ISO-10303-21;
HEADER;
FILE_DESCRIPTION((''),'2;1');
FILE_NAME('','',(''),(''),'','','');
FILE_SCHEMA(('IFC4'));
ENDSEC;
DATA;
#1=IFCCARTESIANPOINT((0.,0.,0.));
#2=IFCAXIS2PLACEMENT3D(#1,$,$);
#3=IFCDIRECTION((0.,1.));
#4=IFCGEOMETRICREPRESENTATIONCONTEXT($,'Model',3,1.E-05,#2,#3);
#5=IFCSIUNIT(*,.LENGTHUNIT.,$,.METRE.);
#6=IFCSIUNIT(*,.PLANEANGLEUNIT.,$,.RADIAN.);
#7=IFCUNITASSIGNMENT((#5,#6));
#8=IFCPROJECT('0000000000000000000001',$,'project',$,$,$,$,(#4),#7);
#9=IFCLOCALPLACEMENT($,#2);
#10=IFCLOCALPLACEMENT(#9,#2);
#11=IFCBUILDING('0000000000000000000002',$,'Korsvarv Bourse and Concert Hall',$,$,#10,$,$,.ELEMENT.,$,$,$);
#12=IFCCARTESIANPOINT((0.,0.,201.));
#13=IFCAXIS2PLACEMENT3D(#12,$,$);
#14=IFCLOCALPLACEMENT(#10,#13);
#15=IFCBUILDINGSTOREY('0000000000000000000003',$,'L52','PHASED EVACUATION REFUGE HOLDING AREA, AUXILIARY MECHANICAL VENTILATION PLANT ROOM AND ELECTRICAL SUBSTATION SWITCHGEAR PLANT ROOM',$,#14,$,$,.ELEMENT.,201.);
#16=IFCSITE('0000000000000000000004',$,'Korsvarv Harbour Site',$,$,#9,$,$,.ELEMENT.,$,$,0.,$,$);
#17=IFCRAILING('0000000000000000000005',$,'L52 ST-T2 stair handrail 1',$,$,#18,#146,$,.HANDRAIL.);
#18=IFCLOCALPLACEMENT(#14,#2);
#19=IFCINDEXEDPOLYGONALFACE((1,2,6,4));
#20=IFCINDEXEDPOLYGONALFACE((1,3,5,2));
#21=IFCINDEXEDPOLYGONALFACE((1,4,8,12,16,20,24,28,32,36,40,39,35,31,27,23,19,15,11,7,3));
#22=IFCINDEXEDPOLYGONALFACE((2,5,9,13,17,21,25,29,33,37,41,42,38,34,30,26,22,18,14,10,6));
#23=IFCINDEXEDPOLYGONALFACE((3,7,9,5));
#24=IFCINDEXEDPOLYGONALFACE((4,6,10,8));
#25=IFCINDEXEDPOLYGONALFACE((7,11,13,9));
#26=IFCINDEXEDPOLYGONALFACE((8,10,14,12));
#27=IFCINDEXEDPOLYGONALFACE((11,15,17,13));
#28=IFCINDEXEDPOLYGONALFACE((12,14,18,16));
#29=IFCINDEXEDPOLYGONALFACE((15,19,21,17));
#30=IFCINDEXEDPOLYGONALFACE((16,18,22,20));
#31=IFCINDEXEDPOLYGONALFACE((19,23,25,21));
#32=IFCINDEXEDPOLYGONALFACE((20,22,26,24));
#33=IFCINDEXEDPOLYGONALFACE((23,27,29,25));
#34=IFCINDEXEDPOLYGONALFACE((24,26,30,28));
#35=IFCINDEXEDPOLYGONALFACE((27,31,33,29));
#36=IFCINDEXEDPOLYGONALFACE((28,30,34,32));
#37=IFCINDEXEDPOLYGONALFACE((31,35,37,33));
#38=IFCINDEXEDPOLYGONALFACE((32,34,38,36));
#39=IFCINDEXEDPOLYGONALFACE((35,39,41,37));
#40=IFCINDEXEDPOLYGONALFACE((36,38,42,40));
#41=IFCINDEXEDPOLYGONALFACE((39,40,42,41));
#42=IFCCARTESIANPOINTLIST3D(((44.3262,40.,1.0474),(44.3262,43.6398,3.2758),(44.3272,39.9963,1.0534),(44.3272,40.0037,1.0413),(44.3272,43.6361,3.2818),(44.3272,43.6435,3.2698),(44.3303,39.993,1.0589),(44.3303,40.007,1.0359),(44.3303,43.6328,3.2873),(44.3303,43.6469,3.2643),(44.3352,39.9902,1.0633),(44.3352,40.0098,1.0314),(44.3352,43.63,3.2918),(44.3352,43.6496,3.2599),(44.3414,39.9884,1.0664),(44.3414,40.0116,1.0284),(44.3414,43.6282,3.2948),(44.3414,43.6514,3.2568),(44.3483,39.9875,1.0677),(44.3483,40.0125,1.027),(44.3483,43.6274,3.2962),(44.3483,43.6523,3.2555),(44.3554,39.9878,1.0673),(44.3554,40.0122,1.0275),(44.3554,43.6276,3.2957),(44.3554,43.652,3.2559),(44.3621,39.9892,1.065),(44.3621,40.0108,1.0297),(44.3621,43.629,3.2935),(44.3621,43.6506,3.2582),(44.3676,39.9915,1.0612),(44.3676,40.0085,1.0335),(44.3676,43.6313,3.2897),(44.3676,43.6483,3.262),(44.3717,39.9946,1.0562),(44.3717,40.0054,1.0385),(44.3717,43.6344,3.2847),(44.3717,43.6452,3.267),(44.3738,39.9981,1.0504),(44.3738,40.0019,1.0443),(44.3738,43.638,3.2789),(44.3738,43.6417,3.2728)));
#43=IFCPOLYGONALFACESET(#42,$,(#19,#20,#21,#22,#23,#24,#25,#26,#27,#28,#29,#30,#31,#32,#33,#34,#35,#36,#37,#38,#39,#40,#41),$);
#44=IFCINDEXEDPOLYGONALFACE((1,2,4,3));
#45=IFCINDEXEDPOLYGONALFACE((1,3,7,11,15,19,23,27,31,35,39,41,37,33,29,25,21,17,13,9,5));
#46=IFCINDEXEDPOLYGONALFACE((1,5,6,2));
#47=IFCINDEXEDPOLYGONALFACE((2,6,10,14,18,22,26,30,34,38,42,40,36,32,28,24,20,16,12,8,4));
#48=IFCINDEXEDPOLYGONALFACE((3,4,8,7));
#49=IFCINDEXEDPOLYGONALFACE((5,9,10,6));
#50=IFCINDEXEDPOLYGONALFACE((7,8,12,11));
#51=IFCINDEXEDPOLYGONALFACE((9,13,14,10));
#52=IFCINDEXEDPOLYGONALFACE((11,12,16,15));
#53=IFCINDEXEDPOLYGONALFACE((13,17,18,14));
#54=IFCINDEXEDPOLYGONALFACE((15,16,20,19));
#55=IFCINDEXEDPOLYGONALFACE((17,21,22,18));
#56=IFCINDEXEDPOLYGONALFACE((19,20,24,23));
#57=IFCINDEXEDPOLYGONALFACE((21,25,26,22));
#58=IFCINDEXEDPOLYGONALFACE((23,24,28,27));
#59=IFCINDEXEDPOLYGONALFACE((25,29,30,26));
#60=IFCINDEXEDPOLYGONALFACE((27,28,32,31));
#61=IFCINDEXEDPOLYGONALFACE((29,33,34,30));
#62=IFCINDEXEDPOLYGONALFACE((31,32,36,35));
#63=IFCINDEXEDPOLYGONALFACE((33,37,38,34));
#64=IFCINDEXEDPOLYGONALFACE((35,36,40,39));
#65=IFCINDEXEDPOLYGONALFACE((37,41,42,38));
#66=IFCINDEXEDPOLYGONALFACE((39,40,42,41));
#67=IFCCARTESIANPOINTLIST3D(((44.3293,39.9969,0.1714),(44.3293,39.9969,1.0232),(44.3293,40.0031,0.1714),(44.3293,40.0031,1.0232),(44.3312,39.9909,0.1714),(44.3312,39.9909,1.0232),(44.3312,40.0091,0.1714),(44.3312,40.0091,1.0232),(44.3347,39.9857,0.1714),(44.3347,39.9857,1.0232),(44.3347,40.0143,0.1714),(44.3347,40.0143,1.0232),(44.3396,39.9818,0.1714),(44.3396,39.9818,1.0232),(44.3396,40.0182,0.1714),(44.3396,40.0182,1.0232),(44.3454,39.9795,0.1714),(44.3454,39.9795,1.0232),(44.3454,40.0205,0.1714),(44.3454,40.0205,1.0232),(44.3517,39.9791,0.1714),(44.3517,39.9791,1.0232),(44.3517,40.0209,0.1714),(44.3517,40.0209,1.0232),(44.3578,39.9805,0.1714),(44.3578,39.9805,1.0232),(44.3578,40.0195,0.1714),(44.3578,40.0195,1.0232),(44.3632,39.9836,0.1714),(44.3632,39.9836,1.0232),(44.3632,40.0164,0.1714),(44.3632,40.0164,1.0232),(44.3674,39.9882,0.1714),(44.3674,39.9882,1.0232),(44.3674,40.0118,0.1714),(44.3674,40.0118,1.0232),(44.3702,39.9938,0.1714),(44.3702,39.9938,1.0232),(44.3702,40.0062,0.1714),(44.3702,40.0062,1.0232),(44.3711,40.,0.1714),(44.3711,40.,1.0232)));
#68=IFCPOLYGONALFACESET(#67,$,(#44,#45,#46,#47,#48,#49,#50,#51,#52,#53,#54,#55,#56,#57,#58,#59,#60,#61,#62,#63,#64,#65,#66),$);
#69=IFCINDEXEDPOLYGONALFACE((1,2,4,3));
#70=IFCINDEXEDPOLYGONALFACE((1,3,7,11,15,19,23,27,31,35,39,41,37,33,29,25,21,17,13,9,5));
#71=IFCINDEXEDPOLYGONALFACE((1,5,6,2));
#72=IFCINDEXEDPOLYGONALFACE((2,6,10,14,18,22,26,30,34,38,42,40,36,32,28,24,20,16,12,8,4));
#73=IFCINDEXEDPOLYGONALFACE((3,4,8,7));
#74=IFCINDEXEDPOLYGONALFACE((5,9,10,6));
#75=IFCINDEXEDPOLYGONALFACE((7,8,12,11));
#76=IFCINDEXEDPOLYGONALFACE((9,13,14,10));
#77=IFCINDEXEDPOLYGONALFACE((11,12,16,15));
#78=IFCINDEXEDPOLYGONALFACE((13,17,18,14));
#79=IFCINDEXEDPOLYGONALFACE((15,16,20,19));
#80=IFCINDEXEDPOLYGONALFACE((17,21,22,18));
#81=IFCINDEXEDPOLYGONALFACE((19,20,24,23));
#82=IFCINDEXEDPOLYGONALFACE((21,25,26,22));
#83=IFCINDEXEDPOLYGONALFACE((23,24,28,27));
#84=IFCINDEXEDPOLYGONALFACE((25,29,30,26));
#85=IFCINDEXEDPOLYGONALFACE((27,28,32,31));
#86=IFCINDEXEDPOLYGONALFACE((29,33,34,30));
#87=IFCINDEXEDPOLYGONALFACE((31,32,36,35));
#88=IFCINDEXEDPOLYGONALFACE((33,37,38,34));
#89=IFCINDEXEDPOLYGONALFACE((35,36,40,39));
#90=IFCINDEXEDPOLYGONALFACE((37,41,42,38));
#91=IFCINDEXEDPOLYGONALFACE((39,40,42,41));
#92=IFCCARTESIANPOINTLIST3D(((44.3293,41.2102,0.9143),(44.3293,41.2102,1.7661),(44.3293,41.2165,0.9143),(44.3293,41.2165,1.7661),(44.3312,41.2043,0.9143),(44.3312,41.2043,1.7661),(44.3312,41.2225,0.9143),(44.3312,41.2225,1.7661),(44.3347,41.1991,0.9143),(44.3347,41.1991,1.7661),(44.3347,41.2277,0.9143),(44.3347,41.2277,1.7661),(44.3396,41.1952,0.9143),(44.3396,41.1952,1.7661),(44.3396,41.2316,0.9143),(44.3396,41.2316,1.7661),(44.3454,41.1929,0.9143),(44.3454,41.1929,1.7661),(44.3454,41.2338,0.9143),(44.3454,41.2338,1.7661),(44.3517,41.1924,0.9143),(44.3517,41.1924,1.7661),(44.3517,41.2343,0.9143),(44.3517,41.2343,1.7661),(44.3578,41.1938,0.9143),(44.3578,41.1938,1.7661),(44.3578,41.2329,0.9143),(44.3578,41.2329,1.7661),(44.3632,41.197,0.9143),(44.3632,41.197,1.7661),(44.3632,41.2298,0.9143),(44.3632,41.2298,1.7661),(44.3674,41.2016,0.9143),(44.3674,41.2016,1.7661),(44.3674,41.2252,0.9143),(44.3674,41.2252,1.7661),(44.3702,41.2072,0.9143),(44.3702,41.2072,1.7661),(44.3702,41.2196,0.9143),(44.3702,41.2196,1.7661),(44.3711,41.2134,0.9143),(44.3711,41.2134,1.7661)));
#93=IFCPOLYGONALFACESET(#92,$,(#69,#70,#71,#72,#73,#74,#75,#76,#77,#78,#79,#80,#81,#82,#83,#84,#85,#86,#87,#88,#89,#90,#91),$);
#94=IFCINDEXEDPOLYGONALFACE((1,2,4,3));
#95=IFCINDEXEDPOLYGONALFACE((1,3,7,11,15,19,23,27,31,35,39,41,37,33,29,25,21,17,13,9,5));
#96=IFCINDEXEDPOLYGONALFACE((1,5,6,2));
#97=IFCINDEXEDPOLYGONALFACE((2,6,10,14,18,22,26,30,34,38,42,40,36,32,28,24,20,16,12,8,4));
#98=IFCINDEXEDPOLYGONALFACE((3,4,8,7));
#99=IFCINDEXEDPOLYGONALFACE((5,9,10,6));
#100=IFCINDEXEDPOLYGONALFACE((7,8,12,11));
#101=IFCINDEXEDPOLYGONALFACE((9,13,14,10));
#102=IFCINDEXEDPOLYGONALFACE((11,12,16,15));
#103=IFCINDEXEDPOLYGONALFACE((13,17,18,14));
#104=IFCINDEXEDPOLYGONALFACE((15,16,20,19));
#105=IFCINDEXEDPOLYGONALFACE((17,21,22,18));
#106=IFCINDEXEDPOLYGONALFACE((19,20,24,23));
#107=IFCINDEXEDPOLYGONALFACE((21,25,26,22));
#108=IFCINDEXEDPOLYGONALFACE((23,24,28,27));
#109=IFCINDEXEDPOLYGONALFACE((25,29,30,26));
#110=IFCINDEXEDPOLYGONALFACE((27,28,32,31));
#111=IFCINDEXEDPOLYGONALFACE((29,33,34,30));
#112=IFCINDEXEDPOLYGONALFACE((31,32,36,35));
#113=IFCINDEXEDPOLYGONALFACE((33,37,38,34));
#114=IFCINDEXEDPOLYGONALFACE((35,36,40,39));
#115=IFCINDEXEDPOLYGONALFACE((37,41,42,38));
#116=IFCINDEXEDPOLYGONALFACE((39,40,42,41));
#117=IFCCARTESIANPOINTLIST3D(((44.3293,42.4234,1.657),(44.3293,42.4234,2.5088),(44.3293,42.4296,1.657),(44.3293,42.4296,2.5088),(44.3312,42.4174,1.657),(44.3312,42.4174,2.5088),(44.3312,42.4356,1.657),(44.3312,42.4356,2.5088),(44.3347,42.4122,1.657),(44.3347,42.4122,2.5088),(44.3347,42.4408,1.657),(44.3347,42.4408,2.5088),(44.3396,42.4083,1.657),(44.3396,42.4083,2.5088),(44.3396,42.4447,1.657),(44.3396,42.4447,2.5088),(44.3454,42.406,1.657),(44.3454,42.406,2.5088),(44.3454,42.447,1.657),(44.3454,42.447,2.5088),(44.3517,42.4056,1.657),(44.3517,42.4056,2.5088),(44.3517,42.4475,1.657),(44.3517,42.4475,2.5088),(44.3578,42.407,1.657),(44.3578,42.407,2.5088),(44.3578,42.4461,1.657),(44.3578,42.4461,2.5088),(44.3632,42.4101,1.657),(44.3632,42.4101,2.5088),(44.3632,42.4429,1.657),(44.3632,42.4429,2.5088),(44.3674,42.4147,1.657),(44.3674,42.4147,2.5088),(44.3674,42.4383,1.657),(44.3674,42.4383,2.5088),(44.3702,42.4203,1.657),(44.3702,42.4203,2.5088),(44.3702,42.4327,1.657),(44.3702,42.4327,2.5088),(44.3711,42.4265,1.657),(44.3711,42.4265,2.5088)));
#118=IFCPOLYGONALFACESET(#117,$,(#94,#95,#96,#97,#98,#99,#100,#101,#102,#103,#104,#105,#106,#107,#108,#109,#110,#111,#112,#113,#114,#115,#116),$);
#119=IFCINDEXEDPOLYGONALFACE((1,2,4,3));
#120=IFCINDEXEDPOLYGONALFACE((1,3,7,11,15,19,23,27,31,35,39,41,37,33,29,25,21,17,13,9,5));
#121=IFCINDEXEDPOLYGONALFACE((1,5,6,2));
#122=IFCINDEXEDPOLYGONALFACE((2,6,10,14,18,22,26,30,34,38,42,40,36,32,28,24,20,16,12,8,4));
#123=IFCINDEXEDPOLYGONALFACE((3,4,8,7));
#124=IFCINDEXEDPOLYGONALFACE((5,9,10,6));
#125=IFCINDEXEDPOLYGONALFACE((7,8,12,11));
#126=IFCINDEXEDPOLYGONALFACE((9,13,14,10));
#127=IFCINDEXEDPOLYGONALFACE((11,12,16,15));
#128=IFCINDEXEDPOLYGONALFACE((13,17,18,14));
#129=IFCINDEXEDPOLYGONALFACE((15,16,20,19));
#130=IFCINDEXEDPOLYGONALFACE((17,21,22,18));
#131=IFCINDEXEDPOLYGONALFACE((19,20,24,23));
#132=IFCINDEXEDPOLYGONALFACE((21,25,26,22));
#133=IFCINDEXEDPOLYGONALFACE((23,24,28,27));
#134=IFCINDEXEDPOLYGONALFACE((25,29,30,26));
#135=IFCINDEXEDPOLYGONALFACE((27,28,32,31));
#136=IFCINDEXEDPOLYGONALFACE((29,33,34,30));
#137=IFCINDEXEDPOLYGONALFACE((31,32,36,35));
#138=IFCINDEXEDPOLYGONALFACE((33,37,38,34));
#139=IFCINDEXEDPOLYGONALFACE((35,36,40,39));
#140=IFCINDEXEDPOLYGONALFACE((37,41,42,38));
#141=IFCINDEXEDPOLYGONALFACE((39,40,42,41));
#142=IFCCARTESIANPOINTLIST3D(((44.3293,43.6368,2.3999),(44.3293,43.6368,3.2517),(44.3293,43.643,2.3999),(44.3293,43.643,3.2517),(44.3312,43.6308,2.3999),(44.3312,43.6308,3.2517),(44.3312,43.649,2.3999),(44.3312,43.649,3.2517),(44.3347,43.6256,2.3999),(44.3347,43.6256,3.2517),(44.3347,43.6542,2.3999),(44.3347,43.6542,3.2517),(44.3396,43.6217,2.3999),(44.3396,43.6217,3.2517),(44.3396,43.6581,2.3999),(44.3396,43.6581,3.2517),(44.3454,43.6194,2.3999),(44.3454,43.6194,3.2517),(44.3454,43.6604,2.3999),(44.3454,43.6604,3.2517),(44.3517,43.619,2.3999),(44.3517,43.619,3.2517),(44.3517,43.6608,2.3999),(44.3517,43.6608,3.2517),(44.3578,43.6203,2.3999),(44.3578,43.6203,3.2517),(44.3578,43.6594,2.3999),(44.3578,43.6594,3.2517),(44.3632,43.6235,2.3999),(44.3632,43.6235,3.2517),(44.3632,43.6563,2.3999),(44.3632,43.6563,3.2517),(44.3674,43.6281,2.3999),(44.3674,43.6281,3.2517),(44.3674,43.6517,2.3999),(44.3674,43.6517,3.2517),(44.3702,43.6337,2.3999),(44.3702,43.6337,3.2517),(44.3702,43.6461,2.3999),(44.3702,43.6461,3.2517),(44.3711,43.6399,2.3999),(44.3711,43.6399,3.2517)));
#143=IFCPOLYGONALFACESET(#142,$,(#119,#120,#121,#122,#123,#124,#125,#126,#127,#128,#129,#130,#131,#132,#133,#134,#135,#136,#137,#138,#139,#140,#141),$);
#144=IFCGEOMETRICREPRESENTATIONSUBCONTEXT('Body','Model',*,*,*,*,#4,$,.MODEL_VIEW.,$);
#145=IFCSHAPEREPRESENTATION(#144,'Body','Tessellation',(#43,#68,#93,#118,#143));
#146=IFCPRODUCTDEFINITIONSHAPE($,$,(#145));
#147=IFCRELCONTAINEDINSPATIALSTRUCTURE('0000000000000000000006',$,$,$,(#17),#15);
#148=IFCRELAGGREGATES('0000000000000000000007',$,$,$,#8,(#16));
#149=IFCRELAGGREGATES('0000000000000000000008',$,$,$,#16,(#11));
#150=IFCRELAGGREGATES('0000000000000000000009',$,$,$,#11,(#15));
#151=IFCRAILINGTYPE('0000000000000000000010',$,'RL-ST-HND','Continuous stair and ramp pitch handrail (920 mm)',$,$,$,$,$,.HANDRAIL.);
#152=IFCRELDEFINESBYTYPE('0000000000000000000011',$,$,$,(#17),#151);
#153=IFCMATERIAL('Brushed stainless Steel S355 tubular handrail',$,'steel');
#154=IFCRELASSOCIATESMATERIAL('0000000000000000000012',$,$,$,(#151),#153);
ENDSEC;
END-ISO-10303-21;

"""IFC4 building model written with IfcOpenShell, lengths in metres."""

from ifc_helpers import new_model, si_unit, direction, frame, origin, origin_2d, place, context, subcontext, project, spatial, circle, extrude, material, type_object, element, save


model = new_model("IFC4")

# Units and contexts
model_context = context("Model", 3, precision=1e-05, world=origin(), true_north=direction((0.0, 1.0)))
body_context = subcontext(model_context, "Body", "Model", "MODEL_VIEW")
ifc_project = project(units=[si_unit("LENGTHUNIT", "METRE"), si_unit("PLANEANGLEUNIT", "RADIAN")], contexts=[model_context])

# Site, building, storey
site_placement = place(None, origin())
site = spatial("IfcSite", under=ifc_project, at=site_placement, Name="Korsvarv Harbour Site", CompositionType="ELEMENT", RefElevation=0.0)
building_placement = place(site_placement, origin())
building = spatial("IfcBuilding", under=site, at=building_placement, Name="Korsvarv Bourse and Concert Hall", CompositionType="ELEMENT")
storey_placement = place(building_placement, frame((0.0, 0.0, 201.0)))
storey = spatial("IfcBuildingStorey", under=building, at=storey_placement, Name="L52", Description="PHASED EVACUATION REFUGE HOLDING AREA, AUXILIARY MECHANICAL VENTILATION PLANT ROOM AND ELECTRICAL SUBSTATION SWITCHGEAR PLANT ROOM", CompositionType="ELEMENT", Elevation=201.0)

# Railing
ifc_material_1 = material(Name="Brushed stainless Steel S355 tubular handrail", Category="steel")
railing_type_1 = type_object("IfcRailingType", Name="RL-ST-HND", Description="Continuous stair and ramp pitch handrail (920 mm)", PredefinedType="HANDRAIL", material=ifc_material_1)
railing_1_placement = place(storey_placement, frame((44.3501, 40.0, 0.1714)))
element("IfcRailing", 1, at=railing_1_placement, inside=storey, type_object=railing_type_1, Name="L52 ST-T2 stair handrail 1", PredefinedType="HANDRAIL", context=body_context, shape_type="SweptSolid", body=[
    extrude(circle(Radius=0.0239, at=origin_2d()), frame((0.0, 0.0, 0.876), z_axis=(0.0, 0.85285, 0.522156), x_axis=(-1.0, 0.0, 0.0)), (0.0, 0.0, 1.0), 4.2678),
    extrude(circle(Radius=0.021, at=origin_2d()), origin(), (0.0, 0.0, 1.0), 0.8518),
    extrude(circle(Radius=0.021, at=origin_2d()), frame((0.0, 1.2134, 0.7429)), (0.0, 0.0, 1.0), 0.8518),
    extrude(circle(Radius=0.021, at=origin_2d()), frame((0.0, 2.4265, 1.4856)), (0.0, 0.0, 1.0), 0.8518),
    extrude(circle(Radius=0.021, at=origin_2d()), frame((0.0, 3.6399, 2.2285)), (0.0, 0.0, 1.0), 0.8518),
])

save(model, "model.ifc")
